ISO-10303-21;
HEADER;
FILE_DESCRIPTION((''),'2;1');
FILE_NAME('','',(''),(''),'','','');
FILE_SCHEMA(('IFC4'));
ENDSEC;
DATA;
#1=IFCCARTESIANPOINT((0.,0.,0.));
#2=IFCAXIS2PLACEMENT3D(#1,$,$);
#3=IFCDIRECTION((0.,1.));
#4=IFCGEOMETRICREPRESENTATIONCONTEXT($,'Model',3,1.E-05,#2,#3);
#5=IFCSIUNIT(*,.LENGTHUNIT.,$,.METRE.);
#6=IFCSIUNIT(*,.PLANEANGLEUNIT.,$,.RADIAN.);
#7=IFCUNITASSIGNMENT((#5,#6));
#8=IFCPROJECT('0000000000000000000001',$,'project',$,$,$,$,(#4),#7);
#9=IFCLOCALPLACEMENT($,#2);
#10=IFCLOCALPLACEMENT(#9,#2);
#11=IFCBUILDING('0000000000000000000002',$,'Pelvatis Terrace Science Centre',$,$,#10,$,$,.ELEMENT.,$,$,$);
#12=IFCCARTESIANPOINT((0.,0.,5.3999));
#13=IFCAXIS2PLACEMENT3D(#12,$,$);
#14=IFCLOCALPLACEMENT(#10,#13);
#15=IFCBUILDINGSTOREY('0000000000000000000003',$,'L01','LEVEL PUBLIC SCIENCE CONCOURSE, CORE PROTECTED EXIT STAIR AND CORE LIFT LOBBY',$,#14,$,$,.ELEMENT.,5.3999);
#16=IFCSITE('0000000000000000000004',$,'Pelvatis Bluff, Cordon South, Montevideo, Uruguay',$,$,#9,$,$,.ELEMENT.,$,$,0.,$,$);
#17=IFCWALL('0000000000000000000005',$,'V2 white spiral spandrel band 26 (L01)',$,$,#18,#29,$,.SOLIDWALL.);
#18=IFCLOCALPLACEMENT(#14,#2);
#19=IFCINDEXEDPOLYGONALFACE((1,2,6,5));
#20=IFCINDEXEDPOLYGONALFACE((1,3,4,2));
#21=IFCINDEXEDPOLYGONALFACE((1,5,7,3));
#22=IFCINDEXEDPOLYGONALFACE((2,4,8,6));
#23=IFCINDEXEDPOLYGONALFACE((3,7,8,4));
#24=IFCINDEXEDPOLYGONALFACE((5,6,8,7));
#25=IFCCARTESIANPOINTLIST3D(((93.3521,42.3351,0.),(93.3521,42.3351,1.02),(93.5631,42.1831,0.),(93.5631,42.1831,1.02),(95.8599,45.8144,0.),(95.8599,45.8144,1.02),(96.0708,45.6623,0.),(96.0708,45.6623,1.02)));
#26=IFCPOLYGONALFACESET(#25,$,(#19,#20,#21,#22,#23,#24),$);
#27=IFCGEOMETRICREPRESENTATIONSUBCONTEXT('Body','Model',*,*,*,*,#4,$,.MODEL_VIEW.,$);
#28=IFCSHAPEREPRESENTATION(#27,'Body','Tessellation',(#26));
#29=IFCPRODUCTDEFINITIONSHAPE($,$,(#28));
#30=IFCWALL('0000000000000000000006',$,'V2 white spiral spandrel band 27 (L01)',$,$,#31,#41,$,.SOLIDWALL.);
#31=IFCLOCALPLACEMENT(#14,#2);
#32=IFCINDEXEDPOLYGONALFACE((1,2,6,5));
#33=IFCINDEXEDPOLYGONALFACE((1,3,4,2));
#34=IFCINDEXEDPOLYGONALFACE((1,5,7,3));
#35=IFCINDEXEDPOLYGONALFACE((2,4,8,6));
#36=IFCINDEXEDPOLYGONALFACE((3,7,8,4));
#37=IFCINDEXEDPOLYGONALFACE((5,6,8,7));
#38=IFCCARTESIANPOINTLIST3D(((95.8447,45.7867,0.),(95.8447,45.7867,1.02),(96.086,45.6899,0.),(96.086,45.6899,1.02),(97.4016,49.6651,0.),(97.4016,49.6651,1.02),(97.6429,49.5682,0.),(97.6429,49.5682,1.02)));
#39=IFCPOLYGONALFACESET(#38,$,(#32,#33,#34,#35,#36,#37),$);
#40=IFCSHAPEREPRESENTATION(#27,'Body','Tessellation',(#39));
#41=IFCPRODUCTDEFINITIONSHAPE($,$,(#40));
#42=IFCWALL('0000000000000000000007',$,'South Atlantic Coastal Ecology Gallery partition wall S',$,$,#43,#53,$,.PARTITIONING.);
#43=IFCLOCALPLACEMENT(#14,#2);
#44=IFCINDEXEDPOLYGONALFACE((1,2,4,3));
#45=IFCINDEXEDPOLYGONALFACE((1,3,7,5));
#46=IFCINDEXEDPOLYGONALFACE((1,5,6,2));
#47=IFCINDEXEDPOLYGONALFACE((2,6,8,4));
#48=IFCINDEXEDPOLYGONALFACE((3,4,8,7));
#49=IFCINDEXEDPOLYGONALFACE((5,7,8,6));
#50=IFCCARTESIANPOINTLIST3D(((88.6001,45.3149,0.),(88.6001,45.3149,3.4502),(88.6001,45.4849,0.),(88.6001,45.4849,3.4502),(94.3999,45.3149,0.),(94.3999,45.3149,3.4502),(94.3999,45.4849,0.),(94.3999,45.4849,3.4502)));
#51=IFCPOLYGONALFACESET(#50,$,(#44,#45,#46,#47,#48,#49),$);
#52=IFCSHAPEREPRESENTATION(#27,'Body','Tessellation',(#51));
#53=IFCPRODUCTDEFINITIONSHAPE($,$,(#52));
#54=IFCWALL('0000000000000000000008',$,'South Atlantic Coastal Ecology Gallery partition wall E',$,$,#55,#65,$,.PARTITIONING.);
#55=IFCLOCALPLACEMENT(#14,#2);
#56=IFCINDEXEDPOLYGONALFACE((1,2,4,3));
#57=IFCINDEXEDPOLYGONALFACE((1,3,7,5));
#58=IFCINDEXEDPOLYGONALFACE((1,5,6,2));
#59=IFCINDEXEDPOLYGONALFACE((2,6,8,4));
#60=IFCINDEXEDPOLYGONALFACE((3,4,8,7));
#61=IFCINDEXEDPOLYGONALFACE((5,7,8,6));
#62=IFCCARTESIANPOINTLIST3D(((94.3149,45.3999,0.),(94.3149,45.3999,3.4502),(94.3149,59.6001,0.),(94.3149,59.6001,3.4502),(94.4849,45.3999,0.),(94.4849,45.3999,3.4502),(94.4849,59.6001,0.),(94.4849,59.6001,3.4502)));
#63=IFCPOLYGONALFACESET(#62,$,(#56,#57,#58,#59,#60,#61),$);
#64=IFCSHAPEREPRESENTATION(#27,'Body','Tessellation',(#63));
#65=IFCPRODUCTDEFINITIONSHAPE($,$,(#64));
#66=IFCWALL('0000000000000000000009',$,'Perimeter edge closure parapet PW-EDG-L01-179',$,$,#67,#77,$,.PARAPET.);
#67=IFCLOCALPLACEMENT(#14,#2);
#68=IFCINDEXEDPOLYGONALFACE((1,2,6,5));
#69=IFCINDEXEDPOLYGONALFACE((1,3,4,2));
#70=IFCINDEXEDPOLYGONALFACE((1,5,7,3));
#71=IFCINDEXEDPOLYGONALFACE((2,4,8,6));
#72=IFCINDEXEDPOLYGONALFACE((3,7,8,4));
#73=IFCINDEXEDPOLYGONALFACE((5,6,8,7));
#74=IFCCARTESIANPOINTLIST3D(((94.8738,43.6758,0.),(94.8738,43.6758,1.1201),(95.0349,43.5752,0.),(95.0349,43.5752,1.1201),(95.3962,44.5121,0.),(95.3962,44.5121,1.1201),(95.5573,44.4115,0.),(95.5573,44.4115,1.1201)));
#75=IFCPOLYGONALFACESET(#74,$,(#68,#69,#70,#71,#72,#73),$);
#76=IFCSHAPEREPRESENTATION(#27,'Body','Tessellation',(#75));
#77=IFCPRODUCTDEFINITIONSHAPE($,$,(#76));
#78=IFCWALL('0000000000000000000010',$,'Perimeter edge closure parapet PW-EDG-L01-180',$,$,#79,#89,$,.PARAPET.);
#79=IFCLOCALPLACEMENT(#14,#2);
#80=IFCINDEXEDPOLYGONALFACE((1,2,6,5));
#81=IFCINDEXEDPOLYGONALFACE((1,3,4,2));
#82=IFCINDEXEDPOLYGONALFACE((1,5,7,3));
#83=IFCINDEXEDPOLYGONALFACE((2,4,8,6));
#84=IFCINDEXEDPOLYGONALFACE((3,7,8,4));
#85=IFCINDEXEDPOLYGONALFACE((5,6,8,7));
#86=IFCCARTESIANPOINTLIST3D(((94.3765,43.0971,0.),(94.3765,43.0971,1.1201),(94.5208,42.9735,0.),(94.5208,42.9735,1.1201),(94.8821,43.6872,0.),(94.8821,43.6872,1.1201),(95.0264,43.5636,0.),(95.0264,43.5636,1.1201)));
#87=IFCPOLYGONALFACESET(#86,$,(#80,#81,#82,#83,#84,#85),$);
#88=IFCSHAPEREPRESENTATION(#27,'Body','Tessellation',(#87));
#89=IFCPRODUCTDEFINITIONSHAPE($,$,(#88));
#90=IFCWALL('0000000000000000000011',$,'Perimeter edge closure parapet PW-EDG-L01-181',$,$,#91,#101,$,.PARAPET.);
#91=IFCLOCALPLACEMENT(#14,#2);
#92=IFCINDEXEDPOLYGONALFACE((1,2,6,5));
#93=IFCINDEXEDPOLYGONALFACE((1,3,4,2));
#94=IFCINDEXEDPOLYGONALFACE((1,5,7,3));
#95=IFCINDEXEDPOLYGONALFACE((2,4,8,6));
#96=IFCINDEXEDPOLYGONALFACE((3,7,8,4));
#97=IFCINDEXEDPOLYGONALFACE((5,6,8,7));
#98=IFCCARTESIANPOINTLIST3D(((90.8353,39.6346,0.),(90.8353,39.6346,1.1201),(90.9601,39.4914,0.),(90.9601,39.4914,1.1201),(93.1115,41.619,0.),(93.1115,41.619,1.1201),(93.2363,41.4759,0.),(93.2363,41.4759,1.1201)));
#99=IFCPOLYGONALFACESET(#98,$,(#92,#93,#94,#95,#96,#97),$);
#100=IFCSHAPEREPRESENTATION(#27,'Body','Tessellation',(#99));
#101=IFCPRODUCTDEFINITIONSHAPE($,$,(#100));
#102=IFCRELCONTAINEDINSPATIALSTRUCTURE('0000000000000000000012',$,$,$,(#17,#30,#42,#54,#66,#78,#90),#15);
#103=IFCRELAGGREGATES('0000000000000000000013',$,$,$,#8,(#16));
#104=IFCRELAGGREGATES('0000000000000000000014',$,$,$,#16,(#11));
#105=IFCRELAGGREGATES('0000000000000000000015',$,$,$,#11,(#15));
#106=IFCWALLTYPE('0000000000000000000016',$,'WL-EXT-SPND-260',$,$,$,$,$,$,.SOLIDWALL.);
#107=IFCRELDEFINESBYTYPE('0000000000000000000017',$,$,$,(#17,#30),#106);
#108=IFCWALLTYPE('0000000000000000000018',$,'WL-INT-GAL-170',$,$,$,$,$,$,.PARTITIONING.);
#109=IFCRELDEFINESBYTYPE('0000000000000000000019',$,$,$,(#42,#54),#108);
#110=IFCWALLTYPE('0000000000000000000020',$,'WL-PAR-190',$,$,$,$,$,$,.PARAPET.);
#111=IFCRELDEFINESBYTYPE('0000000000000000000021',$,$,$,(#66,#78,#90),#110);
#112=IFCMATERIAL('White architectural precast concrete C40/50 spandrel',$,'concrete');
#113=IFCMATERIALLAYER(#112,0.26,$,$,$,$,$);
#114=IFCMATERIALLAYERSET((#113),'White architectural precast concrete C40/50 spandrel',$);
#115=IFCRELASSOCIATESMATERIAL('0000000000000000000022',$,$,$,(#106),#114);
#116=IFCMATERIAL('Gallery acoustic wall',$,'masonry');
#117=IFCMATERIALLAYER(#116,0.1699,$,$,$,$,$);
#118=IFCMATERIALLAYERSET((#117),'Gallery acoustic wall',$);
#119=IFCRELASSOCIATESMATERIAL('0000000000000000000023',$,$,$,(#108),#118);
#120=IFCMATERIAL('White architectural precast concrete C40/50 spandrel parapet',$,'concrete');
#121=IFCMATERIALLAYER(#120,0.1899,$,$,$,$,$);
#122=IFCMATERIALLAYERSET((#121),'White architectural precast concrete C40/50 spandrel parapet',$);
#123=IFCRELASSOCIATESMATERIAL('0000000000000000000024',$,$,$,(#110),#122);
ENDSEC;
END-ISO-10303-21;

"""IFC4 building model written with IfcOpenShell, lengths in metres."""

from ifc_helpers import new_model, si_unit, direction, frame, frame_2d, origin, place, context, subcontext, project, spatial, rectangle, extrude, material, layer, layer_set, type_object, element, save


model = new_model("IFC4")

# Units and contexts
model_context = context("Model", 3, precision=1e-05, world=origin(), true_north=direction((0.0, 1.0)))
body_context = subcontext(model_context, "Body", "Model", "MODEL_VIEW")
ifc_project = project(units=[si_unit("LENGTHUNIT", "METRE"), si_unit("PLANEANGLEUNIT", "RADIAN")], contexts=[model_context])

# Site, building, storey
site_placement = place(None, origin())
site = spatial("IfcSite", under=ifc_project, at=site_placement, Name="Pelvatis Bluff, Cordon South, Montevideo, Uruguay", CompositionType="ELEMENT", RefElevation=0.0)
building_placement = place(site_placement, origin())
building = spatial("IfcBuilding", under=site, at=building_placement, Name="Pelvatis Terrace Science Centre", CompositionType="ELEMENT")
storey_placement = place(building_placement, frame((0.0, 0.0, 5.3999)))
storey = spatial("IfcBuildingStorey", under=building, at=storey_placement, Name="L01", Description="LEVEL PUBLIC SCIENCE CONCOURSE, CORE PROTECTED EXIT STAIR AND CORE LIFT LOBBY", CompositionType="ELEMENT", Elevation=5.3999)

# Walls
ifc_material_1 = material(Name="White architectural precast concrete C40/50 spandrel", Category="concrete")
ifc_layer_1 = layer(ifc_material_1, 0.26)
ifc_layer_set_1 = layer_set([ifc_layer_1], Name="White architectural precast concrete C40/50 spandrel")
wall_type_1 = type_object("IfcWallType", Name="WL-EXT-SPND-260", PredefinedType="SOLIDWALL", material=ifc_layer_set_1)
wall_1_placement = place(storey_placement, frame((93.4575, 42.259, 0.0), z_axis=(0.0, 0.0, 1.0), x_axis=(0.584728, 0.81123, 0.0)))
element("IfcWall", 1, at=wall_1_placement, inside=storey, type_object=wall_type_1, Name="V2 white spiral spandrel band 26 (L01)", PredefinedType="SOLIDWALL", context=body_context, shape_type="SweptSolid", body=[
    extrude(rectangle(XDim=4.2888, YDim=0.26, at=frame_2d((2.1445, 0.0))), origin(), (0.0, 0.0, 1.0), 1.02),
])
wall_2_placement = place(storey_placement, frame((95.9653, 45.7383, 0.0), z_axis=(0.0, 0.0, 1.0), x_axis=(0.372529, 0.928021, 0.0)))
element("IfcWall", 2, at=wall_2_placement, inside=storey, type_object=wall_type_1, Name="V2 white spiral spandrel band 27 (L01)", PredefinedType="SOLIDWALL", context=body_context, shape_type="SweptSolid", body=[
    extrude(rectangle(XDim=4.1792, YDim=0.26, at=frame_2d((2.0896, 0.0))), origin(), (0.0, 0.0, 1.0), 1.02),
])
ifc_material_2 = material(Name="Gallery acoustic wall", Category="masonry")
ifc_layer_2 = layer(ifc_material_2, 0.1699)
ifc_layer_set_2 = layer_set([ifc_layer_2], Name="Gallery acoustic wall")
wall_type_2 = type_object("IfcWallType", Name="WL-INT-GAL-170", PredefinedType="PARTITIONING", material=ifc_layer_set_2)
wall_3_placement = place(storey_placement, frame((88.6001, 45.3999, 0.0), z_axis=(0.0, 0.0, 1.0), x_axis=(1.0, 0.0, 0.0)))
element("IfcWall", 3, at=wall_3_placement, inside=storey, type_object=wall_type_2, Name="South Atlantic Coastal Ecology Gallery partition wall S", PredefinedType="PARTITIONING", context=body_context, shape_type="SweptSolid", body=[
    extrude(rectangle(XDim=5.7998, YDim=0.1699, at=frame_2d((2.8999, 0.0))), origin(), (0.0, 0.0, 1.0), 3.4502),
])
wall_4_placement = place(storey_placement, frame((94.3999, 45.3999, 0.0), z_axis=(0.0, 0.0, 1.0), x_axis=(0.0, 1.0, 0.0)))
element("IfcWall", 4, at=wall_4_placement, inside=storey, type_object=wall_type_2, Name="South Atlantic Coastal Ecology Gallery partition wall E", PredefinedType="PARTITIONING", context=body_context, shape_type="SweptSolid", body=[
    extrude(rectangle(XDim=14.2002, YDim=0.1699, at=frame_2d((7.1001, 0.0))), origin(), (0.0, 0.0, 1.0), 3.4502),
])
ifc_material_3 = material(Name="White architectural precast concrete C40/50 spandrel parapet", Category="concrete")
ifc_layer_3 = layer(ifc_material_3, 0.1899)
ifc_layer_set_3 = layer_set([ifc_layer_3], Name="White architectural precast concrete C40/50 spandrel parapet")
wall_type_3 = type_object("IfcWallType", Name="WL-PAR-190", PredefinedType="PARAPET", material=ifc_layer_set_3)
wall_5_placement = place(storey_placement, frame((95.4768, 44.4619, 0.0), z_axis=(0.0, 0.0, 1.0), x_axis=(-0.529776, -0.848137, 0.0)))
element("IfcWall", 5, at=wall_5_placement, inside=storey, type_object=wall_type_3, Name="Perimeter edge closure parapet PW-EDG-L01-179", PredefinedType="PARAPET", context=body_context, shape_type="SweptSolid", body=[
    extrude(rectangle(XDim=0.9861, YDim=0.1899, at=frame_2d((0.4932, 0.0))), origin(), (0.0, 0.0, 1.0), 1.1201),
])
wall_6_placement = place(storey_placement, frame((94.9543, 43.6255, 0.0), z_axis=(0.0, 0.0, 1.0), x_axis=(-0.650662, -0.759367, 0.0)))
element("IfcWall", 6, at=wall_6_placement, inside=storey, type_object=wall_type_3, Name="Perimeter edge closure parapet PW-EDG-L01-180", PredefinedType="PARAPET", context=body_context, shape_type="SweptSolid", body=[
    extrude(rectangle(XDim=0.7771, YDim=0.1899, at=frame_2d((0.3887, 0.0))), origin(), (0.0, 0.0, 1.0), 1.1201),
])
wall_7_placement = place(storey_placement, frame((93.1738, 41.5474, 0.0), z_axis=(0.0, 0.0, 1.0), x_axis=(-0.753762, -0.657147, 0.0)))
element("IfcWall", 7, at=wall_7_placement, inside=storey, type_object=wall_type_3, Name="Perimeter edge closure parapet PW-EDG-L01-181", PredefinedType="PARAPET", context=body_context, shape_type="SweptSolid", body=[
    extrude(rectangle(XDim=3.0198, YDim=0.1899, at=frame_2d((1.5098, 0.0))), origin(), (0.0, 0.0, 1.0), 1.1201),
])

save(model, "model.ifc")
